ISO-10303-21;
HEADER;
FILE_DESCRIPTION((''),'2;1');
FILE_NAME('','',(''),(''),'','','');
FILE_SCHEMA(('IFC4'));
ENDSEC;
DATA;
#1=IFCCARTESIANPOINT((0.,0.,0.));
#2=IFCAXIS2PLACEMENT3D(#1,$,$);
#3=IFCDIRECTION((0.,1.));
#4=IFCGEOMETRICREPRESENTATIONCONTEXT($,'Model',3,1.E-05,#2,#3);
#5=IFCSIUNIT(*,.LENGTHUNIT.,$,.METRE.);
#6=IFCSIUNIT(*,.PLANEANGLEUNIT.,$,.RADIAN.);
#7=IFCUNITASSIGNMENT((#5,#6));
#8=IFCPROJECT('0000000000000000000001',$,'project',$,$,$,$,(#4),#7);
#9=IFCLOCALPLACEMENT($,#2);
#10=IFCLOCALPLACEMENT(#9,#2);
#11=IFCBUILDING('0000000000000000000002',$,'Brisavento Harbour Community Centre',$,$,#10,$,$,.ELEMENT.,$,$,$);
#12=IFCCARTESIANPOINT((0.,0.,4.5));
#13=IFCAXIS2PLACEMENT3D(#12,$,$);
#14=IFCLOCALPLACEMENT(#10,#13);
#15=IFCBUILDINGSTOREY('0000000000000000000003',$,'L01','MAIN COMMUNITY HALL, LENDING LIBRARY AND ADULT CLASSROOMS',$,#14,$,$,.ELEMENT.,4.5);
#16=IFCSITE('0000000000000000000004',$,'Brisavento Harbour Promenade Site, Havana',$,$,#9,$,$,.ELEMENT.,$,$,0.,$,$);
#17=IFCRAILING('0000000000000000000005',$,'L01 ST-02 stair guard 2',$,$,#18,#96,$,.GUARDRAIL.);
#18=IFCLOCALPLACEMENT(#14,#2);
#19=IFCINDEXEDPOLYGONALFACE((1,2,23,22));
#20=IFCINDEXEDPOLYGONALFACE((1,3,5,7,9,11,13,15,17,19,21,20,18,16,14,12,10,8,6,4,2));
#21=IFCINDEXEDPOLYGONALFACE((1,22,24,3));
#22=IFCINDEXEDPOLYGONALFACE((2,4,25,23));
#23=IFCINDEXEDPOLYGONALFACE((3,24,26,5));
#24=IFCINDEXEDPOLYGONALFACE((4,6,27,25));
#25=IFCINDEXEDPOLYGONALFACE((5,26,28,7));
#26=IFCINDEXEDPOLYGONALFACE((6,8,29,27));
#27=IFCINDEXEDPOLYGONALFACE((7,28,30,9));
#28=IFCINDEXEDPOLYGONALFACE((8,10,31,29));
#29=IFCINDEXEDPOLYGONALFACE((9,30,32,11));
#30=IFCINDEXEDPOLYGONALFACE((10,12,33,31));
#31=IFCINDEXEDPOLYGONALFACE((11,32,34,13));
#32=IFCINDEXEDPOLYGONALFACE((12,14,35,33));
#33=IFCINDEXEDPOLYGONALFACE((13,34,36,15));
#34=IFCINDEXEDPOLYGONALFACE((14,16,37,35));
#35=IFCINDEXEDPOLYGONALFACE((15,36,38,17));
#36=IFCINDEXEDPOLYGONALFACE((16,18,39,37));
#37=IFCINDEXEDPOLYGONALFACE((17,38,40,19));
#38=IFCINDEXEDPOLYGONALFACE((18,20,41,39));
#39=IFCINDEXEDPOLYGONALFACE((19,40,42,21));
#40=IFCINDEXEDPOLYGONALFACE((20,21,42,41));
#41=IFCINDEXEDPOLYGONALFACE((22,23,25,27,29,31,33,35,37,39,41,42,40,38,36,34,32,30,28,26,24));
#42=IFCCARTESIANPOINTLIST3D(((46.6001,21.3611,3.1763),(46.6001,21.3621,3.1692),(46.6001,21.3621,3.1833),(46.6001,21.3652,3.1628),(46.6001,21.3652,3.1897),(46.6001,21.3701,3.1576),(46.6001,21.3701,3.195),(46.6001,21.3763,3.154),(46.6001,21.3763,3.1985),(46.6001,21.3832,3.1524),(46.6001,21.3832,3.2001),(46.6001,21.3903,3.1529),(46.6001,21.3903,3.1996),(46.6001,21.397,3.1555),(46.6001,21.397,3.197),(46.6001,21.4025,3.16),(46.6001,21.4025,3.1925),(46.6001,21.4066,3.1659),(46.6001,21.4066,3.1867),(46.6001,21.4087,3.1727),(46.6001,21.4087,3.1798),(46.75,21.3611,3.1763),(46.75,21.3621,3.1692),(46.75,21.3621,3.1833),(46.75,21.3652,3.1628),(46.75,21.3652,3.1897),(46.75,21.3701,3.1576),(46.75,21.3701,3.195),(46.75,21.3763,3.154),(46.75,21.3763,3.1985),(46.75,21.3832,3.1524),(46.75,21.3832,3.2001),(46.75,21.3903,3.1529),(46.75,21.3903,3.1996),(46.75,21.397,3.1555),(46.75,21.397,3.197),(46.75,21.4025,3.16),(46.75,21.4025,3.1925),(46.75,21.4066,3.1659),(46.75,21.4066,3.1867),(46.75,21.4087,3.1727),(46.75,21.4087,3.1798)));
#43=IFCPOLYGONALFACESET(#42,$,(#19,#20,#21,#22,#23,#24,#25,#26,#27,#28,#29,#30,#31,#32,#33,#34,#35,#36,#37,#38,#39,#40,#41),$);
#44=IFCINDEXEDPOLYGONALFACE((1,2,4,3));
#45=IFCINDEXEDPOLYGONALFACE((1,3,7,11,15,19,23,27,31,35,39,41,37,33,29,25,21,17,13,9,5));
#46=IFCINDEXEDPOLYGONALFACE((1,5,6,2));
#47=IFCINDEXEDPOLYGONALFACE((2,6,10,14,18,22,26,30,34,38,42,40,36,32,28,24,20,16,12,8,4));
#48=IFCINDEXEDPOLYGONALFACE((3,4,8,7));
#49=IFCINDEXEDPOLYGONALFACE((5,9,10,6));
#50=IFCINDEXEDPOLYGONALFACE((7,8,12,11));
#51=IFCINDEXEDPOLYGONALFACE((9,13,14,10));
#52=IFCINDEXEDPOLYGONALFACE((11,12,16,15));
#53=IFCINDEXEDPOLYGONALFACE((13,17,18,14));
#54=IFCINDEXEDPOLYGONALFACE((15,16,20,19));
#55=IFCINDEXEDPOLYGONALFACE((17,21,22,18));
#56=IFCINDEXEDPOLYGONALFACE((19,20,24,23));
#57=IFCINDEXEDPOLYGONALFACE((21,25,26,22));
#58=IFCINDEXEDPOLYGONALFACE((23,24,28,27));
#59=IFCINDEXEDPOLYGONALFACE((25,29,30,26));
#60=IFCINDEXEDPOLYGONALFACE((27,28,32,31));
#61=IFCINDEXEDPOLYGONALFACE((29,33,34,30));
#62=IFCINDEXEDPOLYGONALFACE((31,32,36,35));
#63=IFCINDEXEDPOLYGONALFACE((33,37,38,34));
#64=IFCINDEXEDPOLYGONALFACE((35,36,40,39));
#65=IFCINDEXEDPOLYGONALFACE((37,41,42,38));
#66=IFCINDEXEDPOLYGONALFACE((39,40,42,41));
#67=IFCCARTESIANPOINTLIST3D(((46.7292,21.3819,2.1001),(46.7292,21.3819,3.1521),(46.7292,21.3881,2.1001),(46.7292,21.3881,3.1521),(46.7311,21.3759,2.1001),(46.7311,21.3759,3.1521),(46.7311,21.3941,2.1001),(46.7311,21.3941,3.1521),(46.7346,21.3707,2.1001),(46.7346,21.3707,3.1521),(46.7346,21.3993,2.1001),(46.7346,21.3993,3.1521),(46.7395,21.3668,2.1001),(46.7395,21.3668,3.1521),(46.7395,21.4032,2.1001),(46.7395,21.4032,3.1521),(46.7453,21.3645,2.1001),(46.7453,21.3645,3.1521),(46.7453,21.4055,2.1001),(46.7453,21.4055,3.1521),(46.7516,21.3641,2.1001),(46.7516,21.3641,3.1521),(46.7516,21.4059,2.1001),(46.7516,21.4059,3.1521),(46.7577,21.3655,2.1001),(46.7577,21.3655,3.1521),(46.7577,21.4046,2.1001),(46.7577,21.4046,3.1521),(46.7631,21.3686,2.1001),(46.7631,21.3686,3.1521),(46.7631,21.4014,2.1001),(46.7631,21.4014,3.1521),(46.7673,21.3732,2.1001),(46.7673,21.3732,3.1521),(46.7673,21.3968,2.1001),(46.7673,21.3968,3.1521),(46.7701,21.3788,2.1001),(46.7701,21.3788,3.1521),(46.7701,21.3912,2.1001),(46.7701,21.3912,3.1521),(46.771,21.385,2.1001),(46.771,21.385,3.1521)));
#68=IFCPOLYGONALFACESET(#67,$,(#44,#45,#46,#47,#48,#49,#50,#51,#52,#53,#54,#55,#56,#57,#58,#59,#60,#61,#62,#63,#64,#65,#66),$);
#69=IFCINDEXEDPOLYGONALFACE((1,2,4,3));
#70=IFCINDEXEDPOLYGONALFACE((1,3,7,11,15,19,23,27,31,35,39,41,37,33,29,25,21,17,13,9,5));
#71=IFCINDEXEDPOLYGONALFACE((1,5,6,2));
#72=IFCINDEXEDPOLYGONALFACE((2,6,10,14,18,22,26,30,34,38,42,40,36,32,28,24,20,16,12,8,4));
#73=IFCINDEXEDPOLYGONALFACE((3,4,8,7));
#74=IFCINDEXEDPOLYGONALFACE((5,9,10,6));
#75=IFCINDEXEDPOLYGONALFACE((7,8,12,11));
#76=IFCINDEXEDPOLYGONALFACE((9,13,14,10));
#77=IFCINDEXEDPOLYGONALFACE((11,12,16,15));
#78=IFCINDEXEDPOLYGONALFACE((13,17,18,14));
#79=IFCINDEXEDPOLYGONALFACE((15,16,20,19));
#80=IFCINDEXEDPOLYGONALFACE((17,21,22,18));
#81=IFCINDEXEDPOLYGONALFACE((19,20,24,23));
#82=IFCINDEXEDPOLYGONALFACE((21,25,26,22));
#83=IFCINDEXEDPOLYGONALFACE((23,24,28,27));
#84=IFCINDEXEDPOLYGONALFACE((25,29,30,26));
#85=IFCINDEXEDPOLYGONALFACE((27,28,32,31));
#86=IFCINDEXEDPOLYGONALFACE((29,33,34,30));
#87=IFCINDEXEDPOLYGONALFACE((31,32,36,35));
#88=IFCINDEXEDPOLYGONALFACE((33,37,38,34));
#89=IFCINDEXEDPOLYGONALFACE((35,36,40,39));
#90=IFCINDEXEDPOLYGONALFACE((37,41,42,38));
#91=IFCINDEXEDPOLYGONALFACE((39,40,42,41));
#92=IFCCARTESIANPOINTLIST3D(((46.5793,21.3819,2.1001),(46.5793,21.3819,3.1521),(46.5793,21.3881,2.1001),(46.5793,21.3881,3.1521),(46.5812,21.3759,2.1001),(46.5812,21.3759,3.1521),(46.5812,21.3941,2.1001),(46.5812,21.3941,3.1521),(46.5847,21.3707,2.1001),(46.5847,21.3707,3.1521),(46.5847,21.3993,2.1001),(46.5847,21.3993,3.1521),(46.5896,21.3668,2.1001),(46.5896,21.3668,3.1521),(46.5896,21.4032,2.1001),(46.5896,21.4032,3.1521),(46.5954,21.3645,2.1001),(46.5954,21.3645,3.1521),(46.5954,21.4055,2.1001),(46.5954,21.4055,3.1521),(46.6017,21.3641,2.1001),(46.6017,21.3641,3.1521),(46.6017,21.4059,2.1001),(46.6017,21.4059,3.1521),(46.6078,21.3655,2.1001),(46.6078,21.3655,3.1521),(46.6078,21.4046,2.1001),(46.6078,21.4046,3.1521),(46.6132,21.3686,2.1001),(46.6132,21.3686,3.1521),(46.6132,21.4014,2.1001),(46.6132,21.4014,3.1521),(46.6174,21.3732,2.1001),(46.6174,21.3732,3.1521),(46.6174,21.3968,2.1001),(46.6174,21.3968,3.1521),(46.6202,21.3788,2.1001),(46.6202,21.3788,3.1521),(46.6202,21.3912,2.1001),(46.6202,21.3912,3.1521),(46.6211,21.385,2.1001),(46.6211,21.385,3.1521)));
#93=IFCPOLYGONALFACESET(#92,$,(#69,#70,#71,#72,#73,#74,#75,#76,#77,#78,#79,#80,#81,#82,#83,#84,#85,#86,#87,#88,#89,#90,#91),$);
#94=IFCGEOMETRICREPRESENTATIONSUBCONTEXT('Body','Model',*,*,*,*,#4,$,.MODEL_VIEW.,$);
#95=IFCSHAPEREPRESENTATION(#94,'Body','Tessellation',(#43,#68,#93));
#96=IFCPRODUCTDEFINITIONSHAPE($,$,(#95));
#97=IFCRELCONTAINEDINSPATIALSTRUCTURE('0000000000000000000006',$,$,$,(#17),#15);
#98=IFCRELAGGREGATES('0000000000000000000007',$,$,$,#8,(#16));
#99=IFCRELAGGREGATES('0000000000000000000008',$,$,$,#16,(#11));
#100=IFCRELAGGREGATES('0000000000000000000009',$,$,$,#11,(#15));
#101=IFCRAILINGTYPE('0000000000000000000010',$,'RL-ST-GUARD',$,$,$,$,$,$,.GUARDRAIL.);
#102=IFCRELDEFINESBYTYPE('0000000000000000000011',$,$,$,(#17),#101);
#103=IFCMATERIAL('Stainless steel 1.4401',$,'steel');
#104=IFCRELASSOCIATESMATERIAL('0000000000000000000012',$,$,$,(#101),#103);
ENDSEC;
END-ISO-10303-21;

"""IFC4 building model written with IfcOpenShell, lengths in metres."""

from ifc_helpers import new_model, si_unit, direction, frame, origin, origin_2d, place, context, subcontext, project, spatial, circle, extrude, material, type_object, element, save


model = new_model("IFC4")

# Units and contexts
model_context = context("Model", 3, precision=1e-05, world=origin(), true_north=direction((0.0, 1.0)))
body_context = subcontext(model_context, "Body", "Model", "MODEL_VIEW")
ifc_project = project(units=[si_unit("LENGTHUNIT", "METRE"), si_unit("PLANEANGLEUNIT", "RADIAN")], contexts=[model_context])

# Site, building, storey
site_placement = place(None, origin())
site = spatial("IfcSite", under=ifc_project, at=site_placement, Name="Brisavento Harbour Promenade Site, Havana", CompositionType="ELEMENT", RefElevation=0.0)
building_placement = place(site_placement, origin())
building = spatial("IfcBuilding", under=site, at=building_placement, Name="Brisavento Harbour Community Centre", CompositionType="ELEMENT")
storey_placement = place(building_placement, frame((0.0, 0.0, 4.5)))
storey = spatial("IfcBuildingStorey", under=building, at=storey_placement, Name="L01", Description="MAIN COMMUNITY HALL, LENDING LIBRARY AND ADULT CLASSROOMS", CompositionType="ELEMENT", Elevation=4.5)

# Railing
ifc_material_1 = material(Name="Stainless steel 1.4401", Category="steel")
railing_type_1 = type_object("IfcRailingType", Name="RL-ST-GUARD", PredefinedType="GUARDRAIL", material=ifc_material_1)
railing_1_placement = place(storey_placement, frame((46.75, 21.385, 2.1001)))
element("IfcRailing", 1, at=railing_1_placement, inside=storey, type_object=railing_type_1, Name="L01 ST-02 stair guard 2", PredefinedType="GUARDRAIL", context=body_context, shape_type="SweptSolid", body=[
    extrude(circle(Radius=0.0239, at=origin_2d()), frame((0.0, 0.0, 1.0762), z_axis=(-1.0, 0.0, 0.0), x_axis=(0.0, -1.0, 0.0)), (0.0, 0.0, 1.0), 0.1499),
    extrude(circle(Radius=0.021, at=origin_2d()), origin(), (0.0, 0.0, 1.0), 1.052),
    extrude(circle(Radius=0.021, at=origin_2d()), frame((-0.1499, 0.0, 0.0)), (0.0, 0.0, 1.0), 1.052),
])

save(model, "model.ifc")
